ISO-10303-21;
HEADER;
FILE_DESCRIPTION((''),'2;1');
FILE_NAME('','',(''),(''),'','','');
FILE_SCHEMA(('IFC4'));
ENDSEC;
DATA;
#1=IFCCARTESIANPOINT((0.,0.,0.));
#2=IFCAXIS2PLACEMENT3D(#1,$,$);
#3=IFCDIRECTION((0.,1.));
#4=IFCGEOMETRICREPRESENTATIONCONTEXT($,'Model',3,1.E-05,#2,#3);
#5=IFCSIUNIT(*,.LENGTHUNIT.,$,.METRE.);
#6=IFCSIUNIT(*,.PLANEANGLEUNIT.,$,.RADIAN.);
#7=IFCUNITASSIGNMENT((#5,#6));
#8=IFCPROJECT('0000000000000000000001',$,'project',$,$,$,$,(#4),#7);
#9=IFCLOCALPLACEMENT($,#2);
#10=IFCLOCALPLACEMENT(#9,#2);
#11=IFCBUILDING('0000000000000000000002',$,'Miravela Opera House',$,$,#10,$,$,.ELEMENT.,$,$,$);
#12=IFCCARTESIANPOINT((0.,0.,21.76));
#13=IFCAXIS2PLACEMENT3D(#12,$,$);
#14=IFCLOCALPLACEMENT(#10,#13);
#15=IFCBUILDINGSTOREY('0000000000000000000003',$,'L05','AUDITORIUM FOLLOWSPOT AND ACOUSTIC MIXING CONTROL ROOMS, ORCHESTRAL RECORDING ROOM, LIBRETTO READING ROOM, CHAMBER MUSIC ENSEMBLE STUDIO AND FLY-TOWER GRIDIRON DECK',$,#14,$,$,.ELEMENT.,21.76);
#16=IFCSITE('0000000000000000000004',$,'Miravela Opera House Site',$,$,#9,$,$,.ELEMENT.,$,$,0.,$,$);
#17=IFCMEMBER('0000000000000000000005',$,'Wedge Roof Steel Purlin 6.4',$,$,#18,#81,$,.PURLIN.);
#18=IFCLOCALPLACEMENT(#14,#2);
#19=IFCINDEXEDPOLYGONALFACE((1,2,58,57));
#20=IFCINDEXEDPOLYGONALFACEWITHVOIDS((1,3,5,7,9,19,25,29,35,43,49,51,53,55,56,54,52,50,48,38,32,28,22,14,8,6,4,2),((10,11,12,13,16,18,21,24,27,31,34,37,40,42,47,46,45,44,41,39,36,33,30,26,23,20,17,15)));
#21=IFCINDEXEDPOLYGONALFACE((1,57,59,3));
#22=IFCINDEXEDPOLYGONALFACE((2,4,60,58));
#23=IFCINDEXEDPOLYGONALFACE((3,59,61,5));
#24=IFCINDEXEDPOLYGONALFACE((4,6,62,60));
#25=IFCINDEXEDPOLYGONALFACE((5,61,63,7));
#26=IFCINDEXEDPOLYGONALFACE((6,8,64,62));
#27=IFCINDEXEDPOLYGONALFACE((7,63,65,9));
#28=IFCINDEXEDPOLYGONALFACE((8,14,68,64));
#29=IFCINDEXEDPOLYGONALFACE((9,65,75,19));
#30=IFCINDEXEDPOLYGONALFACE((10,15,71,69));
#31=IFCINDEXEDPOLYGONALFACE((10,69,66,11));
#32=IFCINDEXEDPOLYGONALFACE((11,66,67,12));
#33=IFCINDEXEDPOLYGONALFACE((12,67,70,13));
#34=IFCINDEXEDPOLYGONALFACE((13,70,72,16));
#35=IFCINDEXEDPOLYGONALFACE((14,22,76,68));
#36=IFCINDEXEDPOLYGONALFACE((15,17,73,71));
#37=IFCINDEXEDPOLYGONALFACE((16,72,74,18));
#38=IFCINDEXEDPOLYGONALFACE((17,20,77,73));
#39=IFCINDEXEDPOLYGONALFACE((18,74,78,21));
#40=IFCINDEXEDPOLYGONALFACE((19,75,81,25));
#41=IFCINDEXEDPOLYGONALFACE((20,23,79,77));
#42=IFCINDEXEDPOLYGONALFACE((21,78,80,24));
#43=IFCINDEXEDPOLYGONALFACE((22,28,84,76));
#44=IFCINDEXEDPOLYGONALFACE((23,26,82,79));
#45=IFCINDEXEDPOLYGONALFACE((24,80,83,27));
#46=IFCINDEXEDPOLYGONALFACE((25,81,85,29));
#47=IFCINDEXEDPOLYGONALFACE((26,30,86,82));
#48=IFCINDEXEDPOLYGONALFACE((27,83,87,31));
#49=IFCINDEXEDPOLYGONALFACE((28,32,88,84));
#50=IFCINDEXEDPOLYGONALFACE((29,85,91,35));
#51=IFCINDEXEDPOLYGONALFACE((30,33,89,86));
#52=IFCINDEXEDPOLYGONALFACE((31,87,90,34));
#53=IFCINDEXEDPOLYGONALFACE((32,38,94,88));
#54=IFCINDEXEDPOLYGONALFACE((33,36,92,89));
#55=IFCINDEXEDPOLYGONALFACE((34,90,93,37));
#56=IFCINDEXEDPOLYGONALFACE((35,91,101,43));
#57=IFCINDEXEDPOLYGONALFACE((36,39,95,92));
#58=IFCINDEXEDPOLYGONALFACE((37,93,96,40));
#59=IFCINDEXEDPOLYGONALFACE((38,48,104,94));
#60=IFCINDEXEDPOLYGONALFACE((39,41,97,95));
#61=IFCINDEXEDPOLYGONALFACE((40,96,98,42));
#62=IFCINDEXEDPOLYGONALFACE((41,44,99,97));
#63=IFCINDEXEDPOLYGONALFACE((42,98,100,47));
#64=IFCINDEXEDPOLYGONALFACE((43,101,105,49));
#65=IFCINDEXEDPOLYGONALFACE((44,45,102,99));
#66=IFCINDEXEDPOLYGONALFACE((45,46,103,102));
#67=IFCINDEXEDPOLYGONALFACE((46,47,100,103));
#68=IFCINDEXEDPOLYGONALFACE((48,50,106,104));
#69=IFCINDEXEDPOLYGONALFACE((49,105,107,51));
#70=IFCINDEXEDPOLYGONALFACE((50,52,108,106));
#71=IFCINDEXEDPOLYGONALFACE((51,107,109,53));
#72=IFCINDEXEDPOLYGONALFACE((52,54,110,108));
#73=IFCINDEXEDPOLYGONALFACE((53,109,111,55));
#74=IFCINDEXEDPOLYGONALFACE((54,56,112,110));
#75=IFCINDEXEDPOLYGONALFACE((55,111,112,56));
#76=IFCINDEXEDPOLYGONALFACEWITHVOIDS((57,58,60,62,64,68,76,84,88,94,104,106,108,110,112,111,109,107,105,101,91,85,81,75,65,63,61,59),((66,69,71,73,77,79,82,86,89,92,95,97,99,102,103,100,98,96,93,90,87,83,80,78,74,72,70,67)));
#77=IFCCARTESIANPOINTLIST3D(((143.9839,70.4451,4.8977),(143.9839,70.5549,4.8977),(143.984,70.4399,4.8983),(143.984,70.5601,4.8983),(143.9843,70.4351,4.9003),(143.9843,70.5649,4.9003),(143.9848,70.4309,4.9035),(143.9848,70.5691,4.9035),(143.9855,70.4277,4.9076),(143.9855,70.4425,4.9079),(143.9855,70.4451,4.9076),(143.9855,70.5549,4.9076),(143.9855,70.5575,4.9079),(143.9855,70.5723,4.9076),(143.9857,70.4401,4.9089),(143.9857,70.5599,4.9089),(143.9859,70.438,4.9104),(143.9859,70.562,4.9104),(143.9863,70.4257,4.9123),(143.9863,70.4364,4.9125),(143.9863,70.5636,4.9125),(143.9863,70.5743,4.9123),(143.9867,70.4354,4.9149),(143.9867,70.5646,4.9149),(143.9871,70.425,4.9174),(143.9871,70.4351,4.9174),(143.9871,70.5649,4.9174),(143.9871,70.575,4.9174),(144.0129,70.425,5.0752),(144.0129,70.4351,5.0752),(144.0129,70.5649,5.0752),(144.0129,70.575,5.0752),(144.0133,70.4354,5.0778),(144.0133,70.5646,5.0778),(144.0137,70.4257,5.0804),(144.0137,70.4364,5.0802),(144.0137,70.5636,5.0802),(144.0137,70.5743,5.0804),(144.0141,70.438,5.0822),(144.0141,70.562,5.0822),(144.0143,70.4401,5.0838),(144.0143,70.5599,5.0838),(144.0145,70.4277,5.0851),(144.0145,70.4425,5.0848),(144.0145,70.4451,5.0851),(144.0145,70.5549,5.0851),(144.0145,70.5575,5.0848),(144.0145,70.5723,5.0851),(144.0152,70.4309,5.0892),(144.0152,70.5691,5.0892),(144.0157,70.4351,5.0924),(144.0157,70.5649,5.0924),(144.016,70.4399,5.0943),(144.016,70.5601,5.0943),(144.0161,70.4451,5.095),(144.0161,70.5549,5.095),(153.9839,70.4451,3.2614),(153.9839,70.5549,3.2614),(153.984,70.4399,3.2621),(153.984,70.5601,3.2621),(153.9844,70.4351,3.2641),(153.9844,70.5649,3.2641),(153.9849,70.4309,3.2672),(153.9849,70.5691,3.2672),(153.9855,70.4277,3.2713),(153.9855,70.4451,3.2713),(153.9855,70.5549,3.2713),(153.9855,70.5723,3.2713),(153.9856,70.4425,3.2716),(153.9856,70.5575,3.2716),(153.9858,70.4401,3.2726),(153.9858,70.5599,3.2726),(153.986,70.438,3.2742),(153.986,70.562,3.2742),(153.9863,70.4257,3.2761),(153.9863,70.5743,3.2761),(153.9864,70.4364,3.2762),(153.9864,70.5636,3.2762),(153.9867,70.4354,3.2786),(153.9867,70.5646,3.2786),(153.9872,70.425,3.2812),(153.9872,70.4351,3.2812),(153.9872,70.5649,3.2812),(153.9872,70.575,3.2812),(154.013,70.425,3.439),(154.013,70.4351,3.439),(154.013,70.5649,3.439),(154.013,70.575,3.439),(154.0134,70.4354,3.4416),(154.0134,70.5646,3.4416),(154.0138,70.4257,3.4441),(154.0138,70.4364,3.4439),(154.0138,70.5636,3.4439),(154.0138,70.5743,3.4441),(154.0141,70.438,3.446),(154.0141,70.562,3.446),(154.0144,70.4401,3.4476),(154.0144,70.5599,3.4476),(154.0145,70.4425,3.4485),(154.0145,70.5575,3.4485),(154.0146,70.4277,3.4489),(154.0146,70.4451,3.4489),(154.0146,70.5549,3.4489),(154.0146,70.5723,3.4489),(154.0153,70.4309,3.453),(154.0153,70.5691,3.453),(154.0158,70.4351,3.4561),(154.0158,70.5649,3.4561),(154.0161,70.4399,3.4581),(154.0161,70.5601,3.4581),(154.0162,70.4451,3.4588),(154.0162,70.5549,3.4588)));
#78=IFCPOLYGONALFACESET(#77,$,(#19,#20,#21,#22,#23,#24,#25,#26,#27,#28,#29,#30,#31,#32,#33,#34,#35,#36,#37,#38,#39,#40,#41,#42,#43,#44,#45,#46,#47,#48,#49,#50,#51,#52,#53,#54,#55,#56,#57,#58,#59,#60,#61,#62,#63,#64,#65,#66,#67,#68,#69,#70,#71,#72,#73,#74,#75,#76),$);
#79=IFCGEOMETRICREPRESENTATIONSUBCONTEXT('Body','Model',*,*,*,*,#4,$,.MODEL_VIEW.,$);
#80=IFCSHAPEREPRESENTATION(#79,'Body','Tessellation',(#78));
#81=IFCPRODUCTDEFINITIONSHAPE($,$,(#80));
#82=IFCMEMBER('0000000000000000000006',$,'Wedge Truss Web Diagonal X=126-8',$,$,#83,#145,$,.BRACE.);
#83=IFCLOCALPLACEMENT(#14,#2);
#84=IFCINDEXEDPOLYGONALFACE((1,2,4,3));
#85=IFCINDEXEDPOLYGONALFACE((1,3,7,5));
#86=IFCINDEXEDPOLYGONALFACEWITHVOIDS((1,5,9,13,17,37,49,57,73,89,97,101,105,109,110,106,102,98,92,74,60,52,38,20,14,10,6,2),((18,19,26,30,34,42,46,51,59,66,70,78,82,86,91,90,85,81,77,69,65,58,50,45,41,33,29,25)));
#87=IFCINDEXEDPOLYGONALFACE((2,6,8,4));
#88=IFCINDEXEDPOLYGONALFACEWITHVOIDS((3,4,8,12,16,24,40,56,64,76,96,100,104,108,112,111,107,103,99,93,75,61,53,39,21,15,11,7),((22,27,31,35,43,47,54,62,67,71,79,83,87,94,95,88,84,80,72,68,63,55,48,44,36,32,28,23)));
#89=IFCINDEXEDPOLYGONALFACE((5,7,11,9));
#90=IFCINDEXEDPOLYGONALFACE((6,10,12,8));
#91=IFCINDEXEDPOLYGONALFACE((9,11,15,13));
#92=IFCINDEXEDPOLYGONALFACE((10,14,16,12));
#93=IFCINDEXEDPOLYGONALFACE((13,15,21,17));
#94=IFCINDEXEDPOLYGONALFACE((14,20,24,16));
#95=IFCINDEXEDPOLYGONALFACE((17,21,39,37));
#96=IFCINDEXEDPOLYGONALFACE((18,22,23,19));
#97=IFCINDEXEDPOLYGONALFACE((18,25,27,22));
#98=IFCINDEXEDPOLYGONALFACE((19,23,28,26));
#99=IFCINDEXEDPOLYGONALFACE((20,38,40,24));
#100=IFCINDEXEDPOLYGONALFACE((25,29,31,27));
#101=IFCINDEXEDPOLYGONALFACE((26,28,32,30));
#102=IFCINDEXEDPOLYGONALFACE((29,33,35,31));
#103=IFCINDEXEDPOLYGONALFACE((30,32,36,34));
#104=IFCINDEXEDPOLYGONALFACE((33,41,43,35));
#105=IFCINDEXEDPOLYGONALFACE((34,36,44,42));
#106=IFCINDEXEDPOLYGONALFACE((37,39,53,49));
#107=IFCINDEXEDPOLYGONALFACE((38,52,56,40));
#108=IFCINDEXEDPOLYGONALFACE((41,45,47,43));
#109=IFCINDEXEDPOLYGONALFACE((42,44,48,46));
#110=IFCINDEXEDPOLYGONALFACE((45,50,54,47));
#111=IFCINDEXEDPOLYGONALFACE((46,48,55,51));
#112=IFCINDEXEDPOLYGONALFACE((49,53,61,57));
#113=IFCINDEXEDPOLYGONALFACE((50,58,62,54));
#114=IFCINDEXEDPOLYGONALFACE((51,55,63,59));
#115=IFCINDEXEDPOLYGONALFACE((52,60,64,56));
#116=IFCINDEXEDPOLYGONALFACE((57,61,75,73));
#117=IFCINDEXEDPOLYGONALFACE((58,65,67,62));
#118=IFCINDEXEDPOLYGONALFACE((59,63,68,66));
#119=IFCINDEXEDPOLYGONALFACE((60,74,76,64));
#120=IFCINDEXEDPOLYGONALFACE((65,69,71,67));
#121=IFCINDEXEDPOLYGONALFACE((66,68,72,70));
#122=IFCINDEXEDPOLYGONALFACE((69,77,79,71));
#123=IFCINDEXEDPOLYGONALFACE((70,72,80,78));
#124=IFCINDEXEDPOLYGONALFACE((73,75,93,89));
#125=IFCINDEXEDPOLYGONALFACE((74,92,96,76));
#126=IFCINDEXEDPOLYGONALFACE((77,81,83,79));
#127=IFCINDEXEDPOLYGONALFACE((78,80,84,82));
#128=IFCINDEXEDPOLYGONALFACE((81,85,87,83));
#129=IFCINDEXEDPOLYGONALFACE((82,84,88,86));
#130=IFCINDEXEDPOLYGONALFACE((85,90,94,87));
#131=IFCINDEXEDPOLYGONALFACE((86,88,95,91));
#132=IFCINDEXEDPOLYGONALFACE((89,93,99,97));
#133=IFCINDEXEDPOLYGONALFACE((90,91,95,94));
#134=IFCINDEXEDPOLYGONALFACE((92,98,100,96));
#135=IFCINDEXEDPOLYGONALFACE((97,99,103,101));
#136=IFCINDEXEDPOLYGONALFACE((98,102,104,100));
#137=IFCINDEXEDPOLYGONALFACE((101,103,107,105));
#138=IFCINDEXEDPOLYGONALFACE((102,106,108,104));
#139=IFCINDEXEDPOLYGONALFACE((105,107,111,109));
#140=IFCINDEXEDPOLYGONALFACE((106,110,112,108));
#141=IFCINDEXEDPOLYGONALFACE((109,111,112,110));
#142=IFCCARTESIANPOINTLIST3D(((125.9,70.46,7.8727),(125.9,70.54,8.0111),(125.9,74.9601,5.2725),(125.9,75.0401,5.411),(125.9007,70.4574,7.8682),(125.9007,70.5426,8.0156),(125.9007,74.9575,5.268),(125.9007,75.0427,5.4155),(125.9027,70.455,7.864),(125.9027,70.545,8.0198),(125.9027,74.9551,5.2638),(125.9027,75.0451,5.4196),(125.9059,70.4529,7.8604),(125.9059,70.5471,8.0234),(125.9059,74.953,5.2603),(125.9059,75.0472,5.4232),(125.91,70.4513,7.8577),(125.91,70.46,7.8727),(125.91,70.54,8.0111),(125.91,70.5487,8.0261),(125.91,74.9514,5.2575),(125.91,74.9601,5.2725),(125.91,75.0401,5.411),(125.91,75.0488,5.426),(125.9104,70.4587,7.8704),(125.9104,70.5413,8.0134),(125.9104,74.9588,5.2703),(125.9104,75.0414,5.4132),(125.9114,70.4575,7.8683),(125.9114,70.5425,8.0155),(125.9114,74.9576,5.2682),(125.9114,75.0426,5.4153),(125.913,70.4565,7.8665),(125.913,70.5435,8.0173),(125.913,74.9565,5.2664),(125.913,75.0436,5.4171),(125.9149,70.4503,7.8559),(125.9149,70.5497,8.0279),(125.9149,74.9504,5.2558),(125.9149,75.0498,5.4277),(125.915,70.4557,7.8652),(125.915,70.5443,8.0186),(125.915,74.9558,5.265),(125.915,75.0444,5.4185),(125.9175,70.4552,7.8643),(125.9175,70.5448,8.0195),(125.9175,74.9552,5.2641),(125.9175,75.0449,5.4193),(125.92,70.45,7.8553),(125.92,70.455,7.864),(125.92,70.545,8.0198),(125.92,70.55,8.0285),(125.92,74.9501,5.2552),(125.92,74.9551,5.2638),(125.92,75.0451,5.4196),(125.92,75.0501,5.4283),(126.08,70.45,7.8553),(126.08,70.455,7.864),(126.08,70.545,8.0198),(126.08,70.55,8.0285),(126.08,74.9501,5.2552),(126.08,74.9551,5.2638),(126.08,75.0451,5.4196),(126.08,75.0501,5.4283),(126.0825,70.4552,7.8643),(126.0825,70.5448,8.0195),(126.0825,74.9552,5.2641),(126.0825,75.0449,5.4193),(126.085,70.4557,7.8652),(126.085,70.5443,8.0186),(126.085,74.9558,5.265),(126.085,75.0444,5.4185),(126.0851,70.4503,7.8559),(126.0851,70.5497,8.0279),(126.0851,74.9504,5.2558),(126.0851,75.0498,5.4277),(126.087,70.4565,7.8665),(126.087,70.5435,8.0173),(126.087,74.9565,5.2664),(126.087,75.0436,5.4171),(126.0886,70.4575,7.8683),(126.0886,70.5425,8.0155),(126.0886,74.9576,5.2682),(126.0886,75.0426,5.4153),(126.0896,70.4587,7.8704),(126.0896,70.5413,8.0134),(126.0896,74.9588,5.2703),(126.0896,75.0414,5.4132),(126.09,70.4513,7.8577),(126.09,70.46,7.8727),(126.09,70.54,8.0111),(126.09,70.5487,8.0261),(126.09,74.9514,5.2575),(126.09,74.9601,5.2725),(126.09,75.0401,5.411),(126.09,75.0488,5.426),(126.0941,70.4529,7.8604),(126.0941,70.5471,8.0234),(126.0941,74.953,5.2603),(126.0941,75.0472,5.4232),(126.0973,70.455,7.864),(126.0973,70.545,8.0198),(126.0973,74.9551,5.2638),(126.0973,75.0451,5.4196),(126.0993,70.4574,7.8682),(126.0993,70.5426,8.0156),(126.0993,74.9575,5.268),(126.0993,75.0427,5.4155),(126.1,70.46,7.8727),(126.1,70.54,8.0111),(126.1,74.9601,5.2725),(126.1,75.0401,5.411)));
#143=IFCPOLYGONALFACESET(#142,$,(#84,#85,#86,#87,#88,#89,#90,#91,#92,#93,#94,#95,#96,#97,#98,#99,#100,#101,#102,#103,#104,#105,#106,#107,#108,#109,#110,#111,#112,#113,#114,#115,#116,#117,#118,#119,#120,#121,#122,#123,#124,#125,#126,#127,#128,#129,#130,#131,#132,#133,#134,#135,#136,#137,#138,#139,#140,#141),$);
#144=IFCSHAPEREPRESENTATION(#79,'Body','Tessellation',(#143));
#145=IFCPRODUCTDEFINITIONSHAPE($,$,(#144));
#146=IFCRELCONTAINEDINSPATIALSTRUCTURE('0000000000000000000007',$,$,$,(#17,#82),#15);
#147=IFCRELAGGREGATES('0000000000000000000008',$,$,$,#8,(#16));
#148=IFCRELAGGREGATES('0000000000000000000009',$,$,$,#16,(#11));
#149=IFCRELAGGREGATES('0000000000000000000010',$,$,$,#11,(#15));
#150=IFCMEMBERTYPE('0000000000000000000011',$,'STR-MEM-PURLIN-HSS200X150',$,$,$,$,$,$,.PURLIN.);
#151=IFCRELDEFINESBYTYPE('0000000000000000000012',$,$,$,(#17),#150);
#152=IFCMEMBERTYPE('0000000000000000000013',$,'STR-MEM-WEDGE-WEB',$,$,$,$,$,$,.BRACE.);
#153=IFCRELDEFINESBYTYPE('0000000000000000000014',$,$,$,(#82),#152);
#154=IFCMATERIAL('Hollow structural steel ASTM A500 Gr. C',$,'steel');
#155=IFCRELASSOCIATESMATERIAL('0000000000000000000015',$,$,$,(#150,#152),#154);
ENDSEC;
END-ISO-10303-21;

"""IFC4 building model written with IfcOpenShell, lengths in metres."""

from ifc_helpers import new_model, si_unit, direction, frame, origin, origin_2d, place, context, subcontext, project, spatial, hollow_rectangle, extrude, material, material_profile, profile_set, type_object, element, save


model = new_model("IFC4")

# Units and contexts
model_context = context("Model", 3, precision=1e-05, world=origin(), true_north=direction((0.0, 1.0)))
body_context = subcontext(model_context, "Body", "Model", "MODEL_VIEW")
ifc_project = project(units=[si_unit("LENGTHUNIT", "METRE"), si_unit("PLANEANGLEUNIT", "RADIAN")], contexts=[model_context])

# Site, building, storey
site_placement = place(None, origin())
site = spatial("IfcSite", under=ifc_project, at=site_placement, Name="Miravela Opera House Site", CompositionType="ELEMENT", RefElevation=0.0)
building_placement = place(site_placement, origin())
building = spatial("IfcBuilding", under=site, at=building_placement, Name="Miravela Opera House", CompositionType="ELEMENT")
storey_placement = place(building_placement, frame((0.0, 0.0, 21.76)))
storey = spatial("IfcBuildingStorey", under=building, at=storey_placement, Name="L05", Description="AUDITORIUM FOLLOWSPOT AND ACOUSTIC MIXING CONTROL ROOMS, ORCHESTRAL RECORDING ROOM, LIBRETTO READING ROOM, CHAMBER MUSIC ENSEMBLE STUDIO AND FLY-TOWER GRIDIRON DECK", CompositionType="ELEMENT", Elevation=21.76)

# Members
ifc_material_1 = material(Name="Hollow structural steel ASTM A500 Gr. C", Category="steel")
ifc_material_profile_1 = material_profile(ifc_material_1, hollow_rectangle(XDim=0.1499, YDim=0.2, WallThickness=0.01, InnerFilletRadius=0.01, OuterFilletRadius=0.02, at=origin_2d()), Name="HSS200X150X10")
ifc_profile_set_1 = profile_set([ifc_material_profile_1])
member_type_1 = type_object("IfcMemberType", Name="STR-MEM-PURLIN-HSS200X150", PredefinedType="PURLIN", material=ifc_profile_set_1)
member_1_placement = place(storey_placement, frame((144.0, 70.5, 4.9963), z_axis=(0.986877, 0.0, -0.161476), x_axis=(0.0, 1.0, 0.0)))
element("IfcMember", 1, at=member_1_placement, inside=storey, type_object=member_type_1, Name="Wedge Roof Steel Purlin 6.4", PredefinedType="PURLIN", context=body_context, shape_type="SweptSolid", body=[
    extrude(hollow_rectangle(XDim=0.1499, YDim=0.2, WallThickness=0.01, InnerFilletRadius=0.01, OuterFilletRadius=0.02, at=origin_2d()), origin(), (0.0, 0.0, 1.0), 10.1331),
])
ifc_material_profile_2 = material_profile(ifc_material_1, hollow_rectangle(XDim=0.2, YDim=0.2, WallThickness=0.01, InnerFilletRadius=0.01, OuterFilletRadius=0.02, at=origin_2d()), Name="HSS200X200X10")
ifc_profile_set_2 = profile_set([ifc_material_profile_2])
member_type_2 = type_object("IfcMemberType", Name="STR-MEM-WEDGE-WEB", PredefinedType="BRACE", material=ifc_profile_set_2)
member_2_placement = place(storey_placement, frame((126.0, 70.5, 7.9419), z_axis=(0.0, 0.865857, -0.500292), x_axis=(-1.0, 0.0, 0.0)))
element("IfcMember", 2, at=member_2_placement, inside=storey, type_object=member_type_2, Name="Wedge Truss Web Diagonal X=126-8", PredefinedType="BRACE", context=body_context, shape_type="SweptSolid", body=[
    extrude(hollow_rectangle(XDim=0.2, YDim=0.2, WallThickness=0.01, InnerFilletRadius=0.01, OuterFilletRadius=0.02, at=origin_2d()), origin(), (0.0, 0.0, 1.0), 5.1973),
])

save(model, "model.ifc")
